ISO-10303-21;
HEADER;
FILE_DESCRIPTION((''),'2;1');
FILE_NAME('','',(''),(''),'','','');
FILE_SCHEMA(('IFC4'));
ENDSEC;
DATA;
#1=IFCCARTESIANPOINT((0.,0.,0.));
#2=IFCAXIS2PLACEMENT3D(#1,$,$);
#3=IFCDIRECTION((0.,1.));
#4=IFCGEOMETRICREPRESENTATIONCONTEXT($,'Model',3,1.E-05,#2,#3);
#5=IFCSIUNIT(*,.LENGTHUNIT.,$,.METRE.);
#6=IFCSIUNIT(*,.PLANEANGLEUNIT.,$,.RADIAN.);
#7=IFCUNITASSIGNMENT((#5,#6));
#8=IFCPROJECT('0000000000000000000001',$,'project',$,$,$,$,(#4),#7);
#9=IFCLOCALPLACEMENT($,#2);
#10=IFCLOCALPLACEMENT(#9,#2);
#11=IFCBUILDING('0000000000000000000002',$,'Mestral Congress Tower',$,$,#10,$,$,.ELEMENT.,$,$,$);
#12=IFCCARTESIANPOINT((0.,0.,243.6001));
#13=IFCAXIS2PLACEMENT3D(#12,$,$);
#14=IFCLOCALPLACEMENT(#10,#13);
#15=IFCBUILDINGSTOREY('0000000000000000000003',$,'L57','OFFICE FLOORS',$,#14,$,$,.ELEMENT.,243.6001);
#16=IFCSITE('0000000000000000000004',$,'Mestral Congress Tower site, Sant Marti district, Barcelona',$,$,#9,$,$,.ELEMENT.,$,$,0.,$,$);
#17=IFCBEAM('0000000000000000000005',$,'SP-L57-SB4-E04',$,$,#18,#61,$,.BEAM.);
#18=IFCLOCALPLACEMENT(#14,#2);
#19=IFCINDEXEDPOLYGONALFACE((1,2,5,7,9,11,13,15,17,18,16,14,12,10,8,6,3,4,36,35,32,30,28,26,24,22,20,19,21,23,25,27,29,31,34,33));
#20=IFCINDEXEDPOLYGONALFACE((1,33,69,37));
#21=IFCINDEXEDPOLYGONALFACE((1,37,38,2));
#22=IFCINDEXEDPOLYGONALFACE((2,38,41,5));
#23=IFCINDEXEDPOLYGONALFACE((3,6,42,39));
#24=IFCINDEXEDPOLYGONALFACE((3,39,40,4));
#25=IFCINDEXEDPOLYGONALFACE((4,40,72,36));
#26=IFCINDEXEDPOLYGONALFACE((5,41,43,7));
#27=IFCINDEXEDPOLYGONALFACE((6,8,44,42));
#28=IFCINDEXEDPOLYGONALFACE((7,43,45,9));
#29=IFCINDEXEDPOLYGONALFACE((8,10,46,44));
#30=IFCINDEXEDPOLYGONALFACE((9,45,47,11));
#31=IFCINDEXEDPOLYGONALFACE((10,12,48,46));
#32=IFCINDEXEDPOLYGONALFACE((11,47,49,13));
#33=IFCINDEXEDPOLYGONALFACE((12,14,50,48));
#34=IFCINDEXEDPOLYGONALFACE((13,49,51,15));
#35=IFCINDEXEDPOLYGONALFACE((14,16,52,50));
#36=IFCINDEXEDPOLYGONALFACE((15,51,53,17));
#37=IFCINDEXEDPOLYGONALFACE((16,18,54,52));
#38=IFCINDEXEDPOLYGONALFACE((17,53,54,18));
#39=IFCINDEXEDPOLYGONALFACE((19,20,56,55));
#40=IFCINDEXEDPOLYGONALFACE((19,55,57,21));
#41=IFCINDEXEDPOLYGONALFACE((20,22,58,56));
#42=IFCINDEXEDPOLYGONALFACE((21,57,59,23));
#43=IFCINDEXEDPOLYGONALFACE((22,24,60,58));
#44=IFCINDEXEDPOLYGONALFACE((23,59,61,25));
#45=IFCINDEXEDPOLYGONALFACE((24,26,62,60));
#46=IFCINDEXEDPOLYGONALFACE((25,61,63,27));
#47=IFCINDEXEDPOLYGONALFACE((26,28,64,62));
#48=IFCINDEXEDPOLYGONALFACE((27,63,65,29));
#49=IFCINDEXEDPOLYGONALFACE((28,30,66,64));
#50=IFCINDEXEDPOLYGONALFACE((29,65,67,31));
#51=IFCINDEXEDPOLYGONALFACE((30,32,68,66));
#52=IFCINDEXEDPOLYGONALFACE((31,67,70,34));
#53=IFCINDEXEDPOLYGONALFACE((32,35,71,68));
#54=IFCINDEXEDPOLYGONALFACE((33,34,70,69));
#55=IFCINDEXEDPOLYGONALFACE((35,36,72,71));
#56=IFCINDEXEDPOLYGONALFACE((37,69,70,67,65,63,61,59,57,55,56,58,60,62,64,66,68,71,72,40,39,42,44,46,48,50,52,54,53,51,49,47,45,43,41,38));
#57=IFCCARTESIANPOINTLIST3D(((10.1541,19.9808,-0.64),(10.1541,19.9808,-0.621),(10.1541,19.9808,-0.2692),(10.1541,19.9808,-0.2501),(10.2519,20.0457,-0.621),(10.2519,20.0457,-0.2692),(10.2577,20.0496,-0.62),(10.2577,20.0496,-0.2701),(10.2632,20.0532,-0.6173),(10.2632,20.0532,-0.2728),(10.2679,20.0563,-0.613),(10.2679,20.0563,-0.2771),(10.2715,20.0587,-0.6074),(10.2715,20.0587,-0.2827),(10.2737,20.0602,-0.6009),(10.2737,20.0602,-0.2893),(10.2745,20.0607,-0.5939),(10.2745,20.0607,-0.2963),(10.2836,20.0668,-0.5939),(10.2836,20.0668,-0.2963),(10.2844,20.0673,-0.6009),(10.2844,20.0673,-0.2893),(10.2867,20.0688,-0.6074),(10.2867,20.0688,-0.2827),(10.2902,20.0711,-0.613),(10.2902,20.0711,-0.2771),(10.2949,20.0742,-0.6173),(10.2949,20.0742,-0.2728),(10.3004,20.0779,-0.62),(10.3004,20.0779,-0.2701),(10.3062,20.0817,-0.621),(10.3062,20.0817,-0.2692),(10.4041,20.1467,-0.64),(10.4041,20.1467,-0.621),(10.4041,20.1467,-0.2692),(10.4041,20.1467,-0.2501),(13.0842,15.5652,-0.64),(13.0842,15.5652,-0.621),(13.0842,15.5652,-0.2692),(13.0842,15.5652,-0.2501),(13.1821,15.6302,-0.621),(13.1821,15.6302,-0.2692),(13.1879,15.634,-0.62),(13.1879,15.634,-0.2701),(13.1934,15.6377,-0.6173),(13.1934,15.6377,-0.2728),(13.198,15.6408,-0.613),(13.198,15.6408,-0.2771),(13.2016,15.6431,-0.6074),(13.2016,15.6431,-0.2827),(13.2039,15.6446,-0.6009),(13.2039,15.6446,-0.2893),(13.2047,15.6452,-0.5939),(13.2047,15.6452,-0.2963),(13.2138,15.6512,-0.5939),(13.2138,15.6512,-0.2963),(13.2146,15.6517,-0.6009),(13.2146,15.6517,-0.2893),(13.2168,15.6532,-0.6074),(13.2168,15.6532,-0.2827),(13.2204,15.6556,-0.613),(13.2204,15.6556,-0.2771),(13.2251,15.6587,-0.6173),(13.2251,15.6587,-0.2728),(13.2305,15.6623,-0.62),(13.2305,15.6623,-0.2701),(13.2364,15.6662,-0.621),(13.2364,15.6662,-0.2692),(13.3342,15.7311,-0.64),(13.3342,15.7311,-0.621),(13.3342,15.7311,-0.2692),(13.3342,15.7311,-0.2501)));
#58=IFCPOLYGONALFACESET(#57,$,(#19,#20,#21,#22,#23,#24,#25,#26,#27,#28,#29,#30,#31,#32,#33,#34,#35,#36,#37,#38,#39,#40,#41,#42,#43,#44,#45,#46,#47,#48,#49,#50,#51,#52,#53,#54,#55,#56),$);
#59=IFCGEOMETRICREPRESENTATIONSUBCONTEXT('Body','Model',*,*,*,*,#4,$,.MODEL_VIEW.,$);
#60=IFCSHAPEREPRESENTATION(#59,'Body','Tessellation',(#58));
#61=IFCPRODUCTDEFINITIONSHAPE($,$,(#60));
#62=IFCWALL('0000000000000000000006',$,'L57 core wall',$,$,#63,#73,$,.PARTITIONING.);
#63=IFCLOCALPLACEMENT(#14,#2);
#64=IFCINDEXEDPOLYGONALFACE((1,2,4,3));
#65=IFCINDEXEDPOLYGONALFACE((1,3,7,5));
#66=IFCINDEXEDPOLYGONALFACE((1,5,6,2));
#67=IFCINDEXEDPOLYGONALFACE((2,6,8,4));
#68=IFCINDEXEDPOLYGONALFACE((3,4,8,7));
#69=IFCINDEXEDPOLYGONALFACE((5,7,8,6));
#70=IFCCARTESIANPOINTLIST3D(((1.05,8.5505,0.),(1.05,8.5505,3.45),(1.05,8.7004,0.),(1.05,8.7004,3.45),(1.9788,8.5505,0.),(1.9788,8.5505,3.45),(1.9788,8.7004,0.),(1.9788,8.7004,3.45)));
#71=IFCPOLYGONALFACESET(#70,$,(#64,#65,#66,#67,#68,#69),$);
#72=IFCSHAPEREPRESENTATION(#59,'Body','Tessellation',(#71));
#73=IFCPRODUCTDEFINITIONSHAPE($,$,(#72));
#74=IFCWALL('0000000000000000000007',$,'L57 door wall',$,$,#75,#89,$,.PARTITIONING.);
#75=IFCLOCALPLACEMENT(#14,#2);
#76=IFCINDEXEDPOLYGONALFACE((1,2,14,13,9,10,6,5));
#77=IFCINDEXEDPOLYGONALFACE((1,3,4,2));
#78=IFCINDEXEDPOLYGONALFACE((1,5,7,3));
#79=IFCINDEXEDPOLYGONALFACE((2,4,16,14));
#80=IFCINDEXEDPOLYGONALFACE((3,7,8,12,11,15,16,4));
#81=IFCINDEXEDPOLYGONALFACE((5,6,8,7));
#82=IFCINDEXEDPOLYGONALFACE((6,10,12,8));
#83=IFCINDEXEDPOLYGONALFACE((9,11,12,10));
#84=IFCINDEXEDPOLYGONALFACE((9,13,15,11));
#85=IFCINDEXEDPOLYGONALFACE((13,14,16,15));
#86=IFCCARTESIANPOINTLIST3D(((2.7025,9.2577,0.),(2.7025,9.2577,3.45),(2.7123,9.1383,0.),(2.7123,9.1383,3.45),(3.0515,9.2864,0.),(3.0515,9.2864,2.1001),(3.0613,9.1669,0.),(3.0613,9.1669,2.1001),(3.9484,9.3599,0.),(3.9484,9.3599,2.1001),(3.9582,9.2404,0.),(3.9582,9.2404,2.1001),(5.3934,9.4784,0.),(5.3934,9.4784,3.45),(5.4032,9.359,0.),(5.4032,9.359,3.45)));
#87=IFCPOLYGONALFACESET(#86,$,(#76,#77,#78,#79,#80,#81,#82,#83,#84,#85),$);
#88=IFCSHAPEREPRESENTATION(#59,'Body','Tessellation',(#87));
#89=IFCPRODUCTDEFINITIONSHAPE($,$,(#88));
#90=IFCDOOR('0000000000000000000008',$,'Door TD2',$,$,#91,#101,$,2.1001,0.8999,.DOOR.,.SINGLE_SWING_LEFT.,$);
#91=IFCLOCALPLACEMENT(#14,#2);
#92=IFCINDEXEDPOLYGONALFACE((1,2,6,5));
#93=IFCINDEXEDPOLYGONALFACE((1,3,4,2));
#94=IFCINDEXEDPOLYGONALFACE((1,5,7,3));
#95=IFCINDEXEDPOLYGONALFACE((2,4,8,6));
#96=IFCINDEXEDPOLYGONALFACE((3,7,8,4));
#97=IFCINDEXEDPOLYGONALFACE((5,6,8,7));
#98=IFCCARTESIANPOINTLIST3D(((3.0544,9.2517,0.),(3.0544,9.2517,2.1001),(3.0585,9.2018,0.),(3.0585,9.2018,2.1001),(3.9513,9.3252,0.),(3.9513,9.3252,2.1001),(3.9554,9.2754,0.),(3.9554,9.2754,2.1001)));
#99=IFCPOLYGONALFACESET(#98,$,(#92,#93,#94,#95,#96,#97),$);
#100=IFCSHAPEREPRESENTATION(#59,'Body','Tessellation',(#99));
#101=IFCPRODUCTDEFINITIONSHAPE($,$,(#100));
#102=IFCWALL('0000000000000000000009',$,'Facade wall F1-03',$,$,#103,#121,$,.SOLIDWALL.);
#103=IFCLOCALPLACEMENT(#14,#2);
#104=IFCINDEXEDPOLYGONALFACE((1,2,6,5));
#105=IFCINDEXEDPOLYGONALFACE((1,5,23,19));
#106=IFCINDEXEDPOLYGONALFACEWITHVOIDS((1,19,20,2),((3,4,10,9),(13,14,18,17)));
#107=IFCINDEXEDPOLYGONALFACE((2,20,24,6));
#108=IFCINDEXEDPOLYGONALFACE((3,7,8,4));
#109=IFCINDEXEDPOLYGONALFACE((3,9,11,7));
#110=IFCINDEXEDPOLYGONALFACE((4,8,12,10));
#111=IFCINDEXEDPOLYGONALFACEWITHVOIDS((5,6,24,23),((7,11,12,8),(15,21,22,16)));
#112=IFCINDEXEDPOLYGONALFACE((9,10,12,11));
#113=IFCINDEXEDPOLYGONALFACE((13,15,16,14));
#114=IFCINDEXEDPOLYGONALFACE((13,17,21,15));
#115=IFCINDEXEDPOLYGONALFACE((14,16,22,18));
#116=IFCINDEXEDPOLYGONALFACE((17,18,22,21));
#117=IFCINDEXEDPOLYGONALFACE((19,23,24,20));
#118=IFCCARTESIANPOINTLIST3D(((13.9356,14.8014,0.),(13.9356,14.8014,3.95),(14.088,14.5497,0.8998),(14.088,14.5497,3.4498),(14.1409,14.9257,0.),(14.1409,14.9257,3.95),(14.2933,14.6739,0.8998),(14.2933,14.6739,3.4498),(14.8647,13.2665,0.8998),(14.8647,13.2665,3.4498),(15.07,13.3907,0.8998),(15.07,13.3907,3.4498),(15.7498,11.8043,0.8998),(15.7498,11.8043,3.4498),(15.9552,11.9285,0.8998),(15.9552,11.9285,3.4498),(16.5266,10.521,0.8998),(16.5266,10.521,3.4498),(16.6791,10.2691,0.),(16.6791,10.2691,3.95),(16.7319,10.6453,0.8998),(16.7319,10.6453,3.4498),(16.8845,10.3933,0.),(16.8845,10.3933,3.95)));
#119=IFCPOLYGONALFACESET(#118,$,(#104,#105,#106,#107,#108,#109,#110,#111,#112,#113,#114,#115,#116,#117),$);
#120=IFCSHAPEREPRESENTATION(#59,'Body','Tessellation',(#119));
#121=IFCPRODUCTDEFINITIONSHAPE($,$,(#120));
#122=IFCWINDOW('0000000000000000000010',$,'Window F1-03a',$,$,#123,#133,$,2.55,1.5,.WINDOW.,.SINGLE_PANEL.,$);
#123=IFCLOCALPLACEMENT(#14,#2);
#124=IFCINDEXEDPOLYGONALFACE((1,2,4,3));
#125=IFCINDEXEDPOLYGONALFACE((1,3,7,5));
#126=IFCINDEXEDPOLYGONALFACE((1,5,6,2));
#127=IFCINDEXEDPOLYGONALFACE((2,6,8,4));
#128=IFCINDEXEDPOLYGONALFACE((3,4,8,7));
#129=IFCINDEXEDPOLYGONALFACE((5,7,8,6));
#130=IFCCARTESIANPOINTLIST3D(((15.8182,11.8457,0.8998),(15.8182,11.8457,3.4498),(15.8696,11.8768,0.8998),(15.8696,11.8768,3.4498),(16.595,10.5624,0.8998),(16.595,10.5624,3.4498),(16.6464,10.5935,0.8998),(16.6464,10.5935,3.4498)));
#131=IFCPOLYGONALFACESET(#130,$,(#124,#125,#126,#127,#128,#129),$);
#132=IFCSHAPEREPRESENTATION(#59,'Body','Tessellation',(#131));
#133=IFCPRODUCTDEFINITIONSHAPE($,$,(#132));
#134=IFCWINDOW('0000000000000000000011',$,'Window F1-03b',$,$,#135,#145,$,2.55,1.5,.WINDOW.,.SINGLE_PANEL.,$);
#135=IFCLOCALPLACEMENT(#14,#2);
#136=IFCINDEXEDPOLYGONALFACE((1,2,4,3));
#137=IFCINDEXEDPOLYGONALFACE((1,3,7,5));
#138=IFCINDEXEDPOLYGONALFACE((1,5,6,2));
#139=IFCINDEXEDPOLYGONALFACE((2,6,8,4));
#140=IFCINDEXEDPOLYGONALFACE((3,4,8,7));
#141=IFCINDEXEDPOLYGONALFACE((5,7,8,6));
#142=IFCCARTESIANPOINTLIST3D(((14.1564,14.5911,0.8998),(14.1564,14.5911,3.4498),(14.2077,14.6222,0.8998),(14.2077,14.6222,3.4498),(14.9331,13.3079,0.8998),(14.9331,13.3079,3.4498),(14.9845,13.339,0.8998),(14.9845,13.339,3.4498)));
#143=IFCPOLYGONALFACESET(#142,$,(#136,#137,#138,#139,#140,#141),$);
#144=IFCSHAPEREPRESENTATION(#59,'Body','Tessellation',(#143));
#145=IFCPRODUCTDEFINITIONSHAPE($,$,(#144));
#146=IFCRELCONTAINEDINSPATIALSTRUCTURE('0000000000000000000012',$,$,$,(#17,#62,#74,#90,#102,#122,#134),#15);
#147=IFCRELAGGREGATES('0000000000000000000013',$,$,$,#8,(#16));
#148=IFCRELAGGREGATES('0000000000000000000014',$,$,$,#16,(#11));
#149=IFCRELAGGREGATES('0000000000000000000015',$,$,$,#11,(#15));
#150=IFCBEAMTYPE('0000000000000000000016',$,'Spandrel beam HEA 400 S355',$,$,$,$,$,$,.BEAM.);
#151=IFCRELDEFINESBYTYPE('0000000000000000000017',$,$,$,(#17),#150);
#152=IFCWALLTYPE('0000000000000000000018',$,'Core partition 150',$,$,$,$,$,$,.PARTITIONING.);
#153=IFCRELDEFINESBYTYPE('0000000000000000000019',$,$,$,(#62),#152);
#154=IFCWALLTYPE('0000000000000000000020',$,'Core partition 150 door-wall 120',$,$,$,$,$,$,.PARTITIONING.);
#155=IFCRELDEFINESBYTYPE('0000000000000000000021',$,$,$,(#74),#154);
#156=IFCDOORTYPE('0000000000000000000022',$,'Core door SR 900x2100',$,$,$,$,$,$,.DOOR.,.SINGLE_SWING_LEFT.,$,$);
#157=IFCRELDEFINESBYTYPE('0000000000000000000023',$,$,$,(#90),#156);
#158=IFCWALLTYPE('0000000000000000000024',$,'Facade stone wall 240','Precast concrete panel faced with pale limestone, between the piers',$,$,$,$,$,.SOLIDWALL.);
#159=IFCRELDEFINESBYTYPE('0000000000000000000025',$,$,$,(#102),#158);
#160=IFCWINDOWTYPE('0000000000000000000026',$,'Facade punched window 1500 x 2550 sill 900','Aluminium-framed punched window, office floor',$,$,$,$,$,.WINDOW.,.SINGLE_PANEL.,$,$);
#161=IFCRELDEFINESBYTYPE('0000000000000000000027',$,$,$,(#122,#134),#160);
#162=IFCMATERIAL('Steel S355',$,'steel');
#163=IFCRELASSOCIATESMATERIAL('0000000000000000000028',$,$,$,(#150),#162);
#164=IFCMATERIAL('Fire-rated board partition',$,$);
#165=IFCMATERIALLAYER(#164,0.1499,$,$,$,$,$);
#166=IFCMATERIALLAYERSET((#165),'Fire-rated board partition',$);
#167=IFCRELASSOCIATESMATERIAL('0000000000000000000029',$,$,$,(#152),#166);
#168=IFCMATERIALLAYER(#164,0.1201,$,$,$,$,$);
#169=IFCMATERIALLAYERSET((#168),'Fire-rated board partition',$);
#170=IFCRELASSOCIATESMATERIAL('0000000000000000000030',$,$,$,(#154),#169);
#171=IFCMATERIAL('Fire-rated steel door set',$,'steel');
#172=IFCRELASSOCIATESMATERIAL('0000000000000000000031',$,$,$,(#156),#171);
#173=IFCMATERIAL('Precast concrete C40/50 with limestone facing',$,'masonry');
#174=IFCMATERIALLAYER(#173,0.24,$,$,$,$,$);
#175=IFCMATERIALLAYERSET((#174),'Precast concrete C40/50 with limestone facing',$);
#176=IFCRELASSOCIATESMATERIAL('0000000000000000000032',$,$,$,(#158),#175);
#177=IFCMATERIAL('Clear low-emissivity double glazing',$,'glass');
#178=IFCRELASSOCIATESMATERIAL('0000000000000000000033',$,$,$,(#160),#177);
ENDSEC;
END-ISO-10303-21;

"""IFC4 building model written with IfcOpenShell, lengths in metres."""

from ifc_helpers import new_model, si_unit, direction, frame, frame_2d, origin, origin_2d, place, context, subcontext, project, spatial, rectangle, i_section, extrude, material, layer, layer_set, material_profile, profile_set, type_object, element, fill, save


model = new_model("IFC4")

# Units and contexts
model_context = context("Model", 3, precision=1e-05, world=origin(), true_north=direction((0.0, 1.0)))
body_context = subcontext(model_context, "Body", "Model", "MODEL_VIEW")
ifc_project = project(units=[si_unit("LENGTHUNIT", "METRE"), si_unit("PLANEANGLEUNIT", "RADIAN")], contexts=[model_context])

# Site, building, storey
site_placement = place(None, origin())
site = spatial("IfcSite", under=ifc_project, at=site_placement, Name="Mestral Congress Tower site, Sant Marti district, Barcelona", CompositionType="ELEMENT", RefElevation=0.0)
building_placement = place(site_placement, origin())
building = spatial("IfcBuilding", under=site, at=building_placement, Name="Mestral Congress Tower", CompositionType="ELEMENT")
storey_placement = place(building_placement, frame((0.0, 0.0, 243.6001)))
storey = spatial("IfcBuildingStorey", under=building, at=storey_placement, Name="L57", Description="OFFICE FLOORS", CompositionType="ELEMENT", Elevation=243.6001)

# Beam
ifc_material_1 = material(Name="Steel S355", Category="steel")
ifc_material_profile_1 = material_profile(ifc_material_1, i_section(OverallWidth=0.3, OverallDepth=0.3899, WebThickness=0.011, FlangeThickness=0.019, FilletRadius=0.0271, at=origin_2d()), Name="HEA 400")
ifc_profile_set_1 = profile_set([ifc_material_profile_1], Name="Steel S355")
beam_type_1 = type_object("IfcBeamType", Name="Spandrel beam HEA 400 S355", PredefinedType="BEAM", material=ifc_profile_set_1)
for number, where, z_axis, x_axis, name in (
    (1, (13.2092, 15.6482, -0.4451), (-0.552934, 0.833225, 0.0), (-0.833225, -0.552934, 0.0), "SP-L57-SB4-E04"),
):
    element("IfcBeam", number, at=place(storey_placement, frame(where, z_axis=z_axis, x_axis=x_axis)), inside=storey, type_object=beam_type_1, Name=name, PredefinedType="BEAM", context=body_context, shape_type="SweptSolid", body=[
        extrude(i_section(OverallWidth=0.3, OverallDepth=0.3899, WebThickness=0.011, FlangeThickness=0.019, FilletRadius=0.0271, at=origin_2d()), origin(), (0.0, 0.0, 1.0), 5.2993),
    ])

# Wall
ifc_material_2 = material(Name="Fire-rated board partition")
ifc_layer_1 = layer(ifc_material_2, 0.1499)
ifc_layer_set_1 = layer_set([ifc_layer_1], Name="Fire-rated board partition")
wall_type_1 = type_object("IfcWallType", Name="Core partition 150", PredefinedType="PARTITIONING", material=ifc_layer_set_1)
wall_1_placement = place(storey_placement, frame((1.05, 8.6255, 0.0), z_axis=(0.0, 0.0, 1.0), x_axis=(1.0, 0.0, 0.0)))
element("IfcWall", 2, at=wall_1_placement, inside=storey, type_object=wall_type_1, Name="L57 core wall", PredefinedType="PARTITIONING", context=body_context, shape_type="SweptSolid", body=[
    extrude(rectangle(XDim=0.9287, YDim=0.1499, at=frame_2d((0.4644, 0.0))), origin(), (0.0, 0.0, 1.0), 3.45),
])

# Wall, opening, door
ifc_layer_2 = layer(ifc_material_2, 0.1201)
ifc_layer_set_2 = layer_set([ifc_layer_2], Name="Fire-rated board partition")
wall_type_2 = type_object("IfcWallType", Name="Core partition 150 door-wall 120", PredefinedType="PARTITIONING", material=ifc_layer_set_2)
wall_2_placement = place(storey_placement, frame((5.3984, 9.4187, 0.0), z_axis=(0.0, 0.0, 1.0), x_axis=(-0.996653, -0.081743, 0.0)))
wall_2 = element("IfcWall", 3, at=wall_2_placement, inside=storey, type_object=wall_type_2, Name="L57 door wall", PredefinedType="PARTITIONING", context=body_context, shape_type="SweptSolid", body=[
    extrude(rectangle(XDim=2.7, YDim=0.1199, at=frame_2d((1.3501, 0.0))), origin(), (0.0, 0.0, 1.0), 3.45),
])
opening_1_placement = place(wall_2_placement, frame((1.45, 0.0, 0.0)))
opening_1 = element("IfcOpeningElement", 4, at=opening_1_placement, cuts=wall_2, PredefinedType="OPENING", context=body_context, shape_type="SweptSolid", body=[
    extrude(rectangle(XDim=0.8999, YDim=2.1001, at=frame_2d((0.45, 1.05))), frame((0.0, 0.0698, 0.0), z_axis=(0.0, -1.0, 0.0), x_axis=(1.0, 0.0, 0.0)), (0.0, 0.0, 1.0), 0.1399),
])
ifc_material_3 = material(Name="Fire-rated steel door set", Category="steel")
door_type_1 = type_object("IfcDoorType", Name="Core door SR 900x2100", OperationType="SINGLE_SWING_LEFT", PredefinedType="DOOR", material=ifc_material_3)
door_1_placement = place(opening_1_placement, origin())
door_1 = element("IfcDoor", 5, at=door_1_placement, inside=storey, type_object=door_type_1, Name="Door TD2", OperationType="SINGLE_SWING_LEFT", OverallHeight=2.1001, OverallWidth=0.8999, PredefinedType="DOOR", context=body_context, shape_type="SweptSolid", body=[
    extrude(rectangle(XDim=0.8999, YDim=2.1001, at=frame_2d((0.45, 1.05))), frame((0.0, 0.0249, 0.0), z_axis=(0.0, -1.0, 0.0), x_axis=(1.0, 0.0, 0.0)), (0.0, 0.0, 1.0), 0.05),
])
fill(opening_1, door_1)

# Wall, openings, windows
ifc_material_4 = material(Name="Precast concrete C40/50 with limestone facing", Category="masonry")
ifc_layer_3 = layer(ifc_material_4, 0.24)
ifc_layer_set_3 = layer_set([ifc_layer_3], Name="Precast concrete C40/50 with limestone facing")
wall_type_3 = type_object("IfcWallType", Name="Facade stone wall 240", Description="Precast concrete panel faced with pale limestone, between the piers", PredefinedType="SOLIDWALL", material=ifc_layer_set_3)
wall_3_placement = place(storey_placement, frame((16.7817, 10.3313, 0.0), z_axis=(0.0, 0.0, 1.0), x_axis=(-0.517846, 0.855474, 0.0)))
wall_3 = element("IfcWall", 6, at=wall_3_placement, inside=storey, type_object=wall_type_3, Name="Facade wall F1-03", PredefinedType="SOLIDWALL", context=body_context, shape_type="SweptSolid", body=[
    extrude(rectangle(XDim=5.2981, YDim=0.24, at=frame_2d((2.6489, 0.0))), origin(), (0.0, 0.0, 1.0), 3.95),
])
opening_2_placement = place(wall_3_placement, frame((0.2944, 0.0, 0.8999)))
opening_2 = element("IfcOpeningElement", 7, at=opening_2_placement, cuts=wall_3, PredefinedType="OPENING", context=body_context, shape_type="SweptSolid", body=[
    extrude(rectangle(XDim=1.5, YDim=2.55, at=frame_2d((0.75, 1.2749))), frame((0.0, 0.1299, 0.0), z_axis=(0.0, -1.0, 0.0), x_axis=(1.0, 0.0, 0.0)), (0.0, 0.0, 1.0), 0.26),
])
opening_3_placement = place(wall_3_placement, frame((3.5037, 0.0, 0.8999)))
opening_3 = element("IfcOpeningElement", 8, at=opening_3_placement, cuts=wall_3, PredefinedType="OPENING", context=body_context, shape_type="SweptSolid", body=[
    extrude(rectangle(XDim=1.5, YDim=2.55, at=frame_2d((0.75, 1.2749))), frame((0.0, 0.1299, 0.0), z_axis=(0.0, -1.0, 0.0), x_axis=(1.0, 0.0, 0.0)), (0.0, 0.0, 1.0), 0.26),
])
ifc_material_5 = material(Name="Clear low-emissivity double glazing", Category="glass")
window_type = type_object("IfcWindowType", Name="Facade punched window 1500 x 2550 sill 900", Description="Aluminium-framed punched window, office floor", PartitioningType="SINGLE_PANEL", PredefinedType="WINDOW", material=ifc_material_5)
window_1_placement = place(opening_2_placement, origin())
window_1 = element("IfcWindow", 9, at=window_1_placement, inside=storey, type_object=window_type, Name="Window F1-03a", OverallHeight=2.55, OverallWidth=1.5, PartitioningType="SINGLE_PANEL", PredefinedType="WINDOW", context=body_context, shape_type="SweptSolid", body=[
    extrude(rectangle(XDim=1.5, YDim=2.55, at=frame_2d((0.75, 1.2749))), frame((0.0, 0.04, 0.0), z_axis=(0.0, -1.0, 0.0), x_axis=(1.0, 0.0, 0.0)), (0.0, 0.0, 1.0), 0.0601),
])
fill(opening_2, window_1)
window_2_placement = place(opening_3_placement, origin())
window_2 = element("IfcWindow", 10, at=window_2_placement, inside=storey, type_object=window_type, Name="Window F1-03b", OverallHeight=2.55, OverallWidth=1.5, PartitioningType="SINGLE_PANEL", PredefinedType="WINDOW", context=body_context, shape_type="SweptSolid", body=[
    extrude(rectangle(XDim=1.5, YDim=2.55, at=frame_2d((0.75, 1.2749))), frame((0.0, 0.04, 0.0), z_axis=(0.0, -1.0, 0.0), x_axis=(1.0, 0.0, 0.0)), (0.0, 0.0, 1.0), 0.0601),
])
fill(opening_3, window_2)

save(model, "model.ifc")
